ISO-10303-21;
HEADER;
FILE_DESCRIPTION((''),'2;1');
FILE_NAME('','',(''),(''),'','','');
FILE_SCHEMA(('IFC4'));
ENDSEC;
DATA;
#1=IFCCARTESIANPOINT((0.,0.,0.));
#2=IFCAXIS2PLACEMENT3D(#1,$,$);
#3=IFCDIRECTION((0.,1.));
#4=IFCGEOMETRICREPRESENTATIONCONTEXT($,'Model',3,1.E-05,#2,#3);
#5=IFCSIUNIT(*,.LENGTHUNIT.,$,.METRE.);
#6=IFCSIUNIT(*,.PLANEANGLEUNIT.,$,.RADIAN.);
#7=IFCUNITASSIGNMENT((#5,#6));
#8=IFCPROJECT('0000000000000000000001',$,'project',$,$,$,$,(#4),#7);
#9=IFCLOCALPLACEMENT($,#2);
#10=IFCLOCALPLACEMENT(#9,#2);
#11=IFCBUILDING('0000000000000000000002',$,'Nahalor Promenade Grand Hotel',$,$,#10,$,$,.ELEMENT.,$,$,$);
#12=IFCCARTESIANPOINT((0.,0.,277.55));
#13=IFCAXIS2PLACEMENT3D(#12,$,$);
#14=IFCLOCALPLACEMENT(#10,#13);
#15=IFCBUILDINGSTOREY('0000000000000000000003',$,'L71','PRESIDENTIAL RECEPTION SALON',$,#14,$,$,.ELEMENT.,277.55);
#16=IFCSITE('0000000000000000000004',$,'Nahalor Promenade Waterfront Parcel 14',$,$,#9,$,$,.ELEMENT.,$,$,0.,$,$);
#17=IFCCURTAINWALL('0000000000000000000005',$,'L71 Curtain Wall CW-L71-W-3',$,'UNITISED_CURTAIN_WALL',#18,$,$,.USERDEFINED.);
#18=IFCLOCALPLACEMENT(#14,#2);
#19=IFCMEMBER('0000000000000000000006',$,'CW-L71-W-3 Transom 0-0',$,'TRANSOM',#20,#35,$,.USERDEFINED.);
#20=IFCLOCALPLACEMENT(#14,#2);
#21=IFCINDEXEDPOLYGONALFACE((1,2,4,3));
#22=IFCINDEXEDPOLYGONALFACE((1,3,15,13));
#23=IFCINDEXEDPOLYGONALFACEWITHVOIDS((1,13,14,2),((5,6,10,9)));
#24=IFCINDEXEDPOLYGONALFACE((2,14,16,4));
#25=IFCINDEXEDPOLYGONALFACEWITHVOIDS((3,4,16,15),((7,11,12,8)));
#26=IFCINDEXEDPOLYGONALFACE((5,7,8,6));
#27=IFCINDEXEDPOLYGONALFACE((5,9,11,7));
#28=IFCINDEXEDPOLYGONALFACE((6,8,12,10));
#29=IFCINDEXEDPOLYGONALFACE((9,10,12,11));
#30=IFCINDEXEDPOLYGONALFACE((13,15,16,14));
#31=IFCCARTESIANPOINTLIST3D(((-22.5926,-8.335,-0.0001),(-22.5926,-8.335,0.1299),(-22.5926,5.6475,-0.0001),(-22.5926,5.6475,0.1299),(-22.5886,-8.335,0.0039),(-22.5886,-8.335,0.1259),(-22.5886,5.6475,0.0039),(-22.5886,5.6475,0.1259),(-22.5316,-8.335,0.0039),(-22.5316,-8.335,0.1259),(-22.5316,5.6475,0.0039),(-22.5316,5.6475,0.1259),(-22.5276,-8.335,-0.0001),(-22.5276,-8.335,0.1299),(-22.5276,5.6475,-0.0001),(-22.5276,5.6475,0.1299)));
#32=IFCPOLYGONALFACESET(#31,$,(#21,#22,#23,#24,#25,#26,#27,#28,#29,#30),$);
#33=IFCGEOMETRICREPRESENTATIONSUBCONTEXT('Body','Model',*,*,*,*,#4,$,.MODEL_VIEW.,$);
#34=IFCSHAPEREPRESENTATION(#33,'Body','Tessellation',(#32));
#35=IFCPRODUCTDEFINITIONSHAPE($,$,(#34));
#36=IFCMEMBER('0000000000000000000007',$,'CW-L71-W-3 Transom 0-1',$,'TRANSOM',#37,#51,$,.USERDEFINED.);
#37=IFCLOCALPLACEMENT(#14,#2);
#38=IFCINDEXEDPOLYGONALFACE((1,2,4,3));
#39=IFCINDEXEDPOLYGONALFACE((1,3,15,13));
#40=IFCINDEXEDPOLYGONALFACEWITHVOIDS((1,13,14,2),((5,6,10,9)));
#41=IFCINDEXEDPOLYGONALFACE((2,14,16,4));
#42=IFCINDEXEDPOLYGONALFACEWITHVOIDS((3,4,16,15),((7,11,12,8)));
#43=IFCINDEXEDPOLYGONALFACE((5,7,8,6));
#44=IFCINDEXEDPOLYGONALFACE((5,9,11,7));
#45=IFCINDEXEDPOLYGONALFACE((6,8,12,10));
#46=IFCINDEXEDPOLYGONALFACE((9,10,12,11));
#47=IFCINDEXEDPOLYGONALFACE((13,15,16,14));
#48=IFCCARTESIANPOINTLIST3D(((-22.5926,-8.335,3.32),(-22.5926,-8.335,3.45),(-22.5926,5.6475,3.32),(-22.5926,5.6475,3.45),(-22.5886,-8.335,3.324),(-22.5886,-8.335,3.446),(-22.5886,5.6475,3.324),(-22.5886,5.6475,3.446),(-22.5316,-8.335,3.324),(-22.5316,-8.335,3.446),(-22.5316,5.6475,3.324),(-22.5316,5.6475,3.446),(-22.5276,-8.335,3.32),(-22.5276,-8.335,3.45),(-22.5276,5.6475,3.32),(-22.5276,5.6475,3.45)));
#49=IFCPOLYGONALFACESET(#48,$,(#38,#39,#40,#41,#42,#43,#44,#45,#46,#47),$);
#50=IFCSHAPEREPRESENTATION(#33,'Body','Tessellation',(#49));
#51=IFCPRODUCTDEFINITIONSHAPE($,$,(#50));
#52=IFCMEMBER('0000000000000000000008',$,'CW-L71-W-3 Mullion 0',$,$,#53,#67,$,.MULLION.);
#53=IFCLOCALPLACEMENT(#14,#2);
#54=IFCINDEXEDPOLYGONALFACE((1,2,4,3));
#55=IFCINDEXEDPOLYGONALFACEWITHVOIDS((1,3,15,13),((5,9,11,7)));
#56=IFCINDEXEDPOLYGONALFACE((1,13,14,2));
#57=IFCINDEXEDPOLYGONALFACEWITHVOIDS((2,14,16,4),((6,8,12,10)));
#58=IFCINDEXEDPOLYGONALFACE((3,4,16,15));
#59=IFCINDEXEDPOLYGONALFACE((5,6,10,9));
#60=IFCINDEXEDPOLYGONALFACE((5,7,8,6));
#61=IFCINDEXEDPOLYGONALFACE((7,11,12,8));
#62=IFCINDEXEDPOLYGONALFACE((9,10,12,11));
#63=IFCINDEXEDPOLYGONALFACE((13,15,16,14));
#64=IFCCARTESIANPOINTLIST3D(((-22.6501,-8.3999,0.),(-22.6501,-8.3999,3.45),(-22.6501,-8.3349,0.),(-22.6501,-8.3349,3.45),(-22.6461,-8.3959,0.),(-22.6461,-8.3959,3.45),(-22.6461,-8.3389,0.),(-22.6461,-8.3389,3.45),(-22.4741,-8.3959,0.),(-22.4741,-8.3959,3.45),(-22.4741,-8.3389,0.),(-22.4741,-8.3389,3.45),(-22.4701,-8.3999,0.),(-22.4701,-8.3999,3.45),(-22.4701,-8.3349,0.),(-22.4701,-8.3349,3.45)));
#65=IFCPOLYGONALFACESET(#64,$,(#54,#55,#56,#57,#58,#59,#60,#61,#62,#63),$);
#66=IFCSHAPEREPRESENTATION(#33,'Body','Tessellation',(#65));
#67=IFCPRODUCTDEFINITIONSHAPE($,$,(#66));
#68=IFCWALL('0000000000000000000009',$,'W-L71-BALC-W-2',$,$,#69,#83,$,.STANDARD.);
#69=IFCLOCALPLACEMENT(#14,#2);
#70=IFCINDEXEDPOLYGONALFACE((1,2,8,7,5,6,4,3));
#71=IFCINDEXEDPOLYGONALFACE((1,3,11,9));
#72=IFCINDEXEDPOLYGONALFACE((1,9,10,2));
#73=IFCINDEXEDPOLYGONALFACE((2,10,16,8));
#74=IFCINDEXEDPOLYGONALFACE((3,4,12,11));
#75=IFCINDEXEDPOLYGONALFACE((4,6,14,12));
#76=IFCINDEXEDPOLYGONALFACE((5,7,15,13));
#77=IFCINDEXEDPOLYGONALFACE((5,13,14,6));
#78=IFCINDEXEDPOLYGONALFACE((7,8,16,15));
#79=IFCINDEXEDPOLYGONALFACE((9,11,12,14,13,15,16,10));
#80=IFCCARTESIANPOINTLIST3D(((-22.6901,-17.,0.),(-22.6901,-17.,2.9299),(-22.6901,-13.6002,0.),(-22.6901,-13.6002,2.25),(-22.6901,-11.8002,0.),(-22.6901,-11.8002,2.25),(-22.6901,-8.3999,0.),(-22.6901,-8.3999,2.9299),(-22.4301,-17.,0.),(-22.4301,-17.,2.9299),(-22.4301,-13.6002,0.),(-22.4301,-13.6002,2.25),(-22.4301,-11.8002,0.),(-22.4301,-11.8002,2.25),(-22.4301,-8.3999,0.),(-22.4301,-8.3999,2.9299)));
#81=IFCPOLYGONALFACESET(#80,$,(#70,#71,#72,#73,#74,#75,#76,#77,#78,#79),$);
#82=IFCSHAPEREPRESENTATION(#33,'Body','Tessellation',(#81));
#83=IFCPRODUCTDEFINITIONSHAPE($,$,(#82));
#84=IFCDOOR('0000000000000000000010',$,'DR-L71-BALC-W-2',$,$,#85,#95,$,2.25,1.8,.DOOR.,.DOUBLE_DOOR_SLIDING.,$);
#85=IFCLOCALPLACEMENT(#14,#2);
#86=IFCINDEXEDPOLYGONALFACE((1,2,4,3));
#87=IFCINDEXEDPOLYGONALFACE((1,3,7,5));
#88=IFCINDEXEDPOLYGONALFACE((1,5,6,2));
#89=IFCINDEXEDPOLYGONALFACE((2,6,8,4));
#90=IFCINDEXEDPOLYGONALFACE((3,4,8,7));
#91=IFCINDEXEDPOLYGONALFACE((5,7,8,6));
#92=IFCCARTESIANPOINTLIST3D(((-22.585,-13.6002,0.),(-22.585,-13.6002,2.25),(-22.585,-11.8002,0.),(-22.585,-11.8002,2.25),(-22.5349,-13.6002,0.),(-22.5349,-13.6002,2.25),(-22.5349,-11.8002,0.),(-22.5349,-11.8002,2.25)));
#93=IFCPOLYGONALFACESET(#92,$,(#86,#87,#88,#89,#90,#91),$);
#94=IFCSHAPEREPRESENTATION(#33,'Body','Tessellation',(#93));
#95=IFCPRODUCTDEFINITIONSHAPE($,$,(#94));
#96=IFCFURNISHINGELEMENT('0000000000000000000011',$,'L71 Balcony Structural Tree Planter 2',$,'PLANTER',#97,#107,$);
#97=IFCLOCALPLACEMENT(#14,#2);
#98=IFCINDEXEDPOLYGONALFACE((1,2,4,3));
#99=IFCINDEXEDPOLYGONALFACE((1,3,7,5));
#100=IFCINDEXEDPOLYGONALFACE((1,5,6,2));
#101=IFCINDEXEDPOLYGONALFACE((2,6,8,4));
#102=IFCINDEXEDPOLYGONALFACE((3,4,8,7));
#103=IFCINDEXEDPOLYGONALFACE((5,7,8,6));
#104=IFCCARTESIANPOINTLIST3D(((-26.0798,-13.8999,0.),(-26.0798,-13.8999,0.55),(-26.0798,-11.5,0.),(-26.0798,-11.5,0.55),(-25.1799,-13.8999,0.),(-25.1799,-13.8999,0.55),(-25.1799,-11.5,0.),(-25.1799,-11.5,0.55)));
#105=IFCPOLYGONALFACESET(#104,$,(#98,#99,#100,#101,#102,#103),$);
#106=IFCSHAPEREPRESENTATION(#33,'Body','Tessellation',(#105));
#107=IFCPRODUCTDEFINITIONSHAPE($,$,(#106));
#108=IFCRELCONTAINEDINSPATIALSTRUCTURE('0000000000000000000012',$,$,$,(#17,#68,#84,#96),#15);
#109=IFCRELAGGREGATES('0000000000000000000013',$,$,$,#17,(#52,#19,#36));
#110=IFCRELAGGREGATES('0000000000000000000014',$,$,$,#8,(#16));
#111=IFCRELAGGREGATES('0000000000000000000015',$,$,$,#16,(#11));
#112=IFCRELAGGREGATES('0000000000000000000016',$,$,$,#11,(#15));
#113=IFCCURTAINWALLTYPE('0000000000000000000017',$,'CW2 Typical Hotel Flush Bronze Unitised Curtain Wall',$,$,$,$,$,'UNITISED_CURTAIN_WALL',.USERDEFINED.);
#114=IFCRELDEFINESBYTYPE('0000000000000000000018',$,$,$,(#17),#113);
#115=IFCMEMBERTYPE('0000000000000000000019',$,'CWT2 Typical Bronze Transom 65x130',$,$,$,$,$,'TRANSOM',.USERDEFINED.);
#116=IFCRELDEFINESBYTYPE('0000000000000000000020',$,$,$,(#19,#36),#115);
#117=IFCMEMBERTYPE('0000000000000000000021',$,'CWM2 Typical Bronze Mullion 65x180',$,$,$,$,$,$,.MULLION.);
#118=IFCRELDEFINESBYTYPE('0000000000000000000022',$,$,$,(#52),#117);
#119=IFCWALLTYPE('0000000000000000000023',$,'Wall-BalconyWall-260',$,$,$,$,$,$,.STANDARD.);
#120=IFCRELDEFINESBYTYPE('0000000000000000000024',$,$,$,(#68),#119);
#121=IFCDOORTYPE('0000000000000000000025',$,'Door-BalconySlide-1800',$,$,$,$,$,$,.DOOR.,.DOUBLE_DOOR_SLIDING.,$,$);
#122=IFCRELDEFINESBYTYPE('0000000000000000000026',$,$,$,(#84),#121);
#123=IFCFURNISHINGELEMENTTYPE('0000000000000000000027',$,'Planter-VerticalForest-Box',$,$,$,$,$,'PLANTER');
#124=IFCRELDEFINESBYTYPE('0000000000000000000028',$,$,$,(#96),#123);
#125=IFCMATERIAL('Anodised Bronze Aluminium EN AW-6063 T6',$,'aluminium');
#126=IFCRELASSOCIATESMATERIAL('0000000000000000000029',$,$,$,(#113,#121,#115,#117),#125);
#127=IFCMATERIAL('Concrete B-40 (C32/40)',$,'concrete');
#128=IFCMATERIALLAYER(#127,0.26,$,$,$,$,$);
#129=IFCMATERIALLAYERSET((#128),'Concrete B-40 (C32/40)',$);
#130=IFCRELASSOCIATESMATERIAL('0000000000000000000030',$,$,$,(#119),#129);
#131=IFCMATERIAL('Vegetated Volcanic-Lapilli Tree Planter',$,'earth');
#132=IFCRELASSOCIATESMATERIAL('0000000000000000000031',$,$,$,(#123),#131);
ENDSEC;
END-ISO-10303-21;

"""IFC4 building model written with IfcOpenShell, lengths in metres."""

from ifc_helpers import new_model, si_unit, direction, frame, frame_2d, origin, origin_2d, place, context, subcontext, project, spatial, rectangle, hollow_rectangle, extrude, source, transform, mapped, material, layer, layer_set, material_profile, profile_set, type_object, element, fill, aggregate, save


model = new_model("IFC4")

# Units and contexts
model_context = context("Model", 3, precision=1e-05, world=origin(), true_north=direction((0.0, 1.0)))
body_context = subcontext(model_context, "Body", "Model", "MODEL_VIEW")
ifc_project = project(units=[si_unit("LENGTHUNIT", "METRE"), si_unit("PLANEANGLEUNIT", "RADIAN")], contexts=[model_context])

# Site, building, storey
site_placement = place(None, origin())
site = spatial("IfcSite", under=ifc_project, at=site_placement, Name="Nahalor Promenade Waterfront Parcel 14", CompositionType="ELEMENT", RefElevation=0.0)
building_placement = place(site_placement, origin())
building = spatial("IfcBuilding", under=site, at=building_placement, Name="Nahalor Promenade Grand Hotel", CompositionType="ELEMENT")
storey_placement = place(building_placement, frame((0.0, 0.0, 277.55)))
storey = spatial("IfcBuildingStorey", under=building, at=storey_placement, Name="L71", Description="PRESIDENTIAL RECEPTION SALON", CompositionType="ELEMENT", Elevation=277.55)

# Curtain wall, members
ifc_material_1 = material(Name="Anodised Bronze Aluminium EN AW-6063 T6", Category="aluminium")
curtain_wall_type = type_object("IfcCurtainWallType", Name="CW2 Typical Hotel Flush Bronze Unitised Curtain Wall", ElementType="UNITISED_CURTAIN_WALL", PredefinedType="USERDEFINED", material=ifc_material_1)
curtain_wall_placement = place(storey_placement, origin())
curtain_wall = element("IfcCurtainWall", 1, at=curtain_wall_placement, inside=storey, type_object=curtain_wall_type, Name="L71 Curtain Wall CW-L71-W-3", ObjectType="UNITISED_CURTAIN_WALL", PredefinedType="USERDEFINED")
ifc_material_profile_1 = material_profile(ifc_material_1, hollow_rectangle(XDim=0.065, YDim=0.13, WallThickness=0.004, at=origin_2d()), Name="CWT 65x130x4")
ifc_profile_set_1 = profile_set([ifc_material_profile_1], Name="Anodised Bronze Aluminium EN AW-6063 T6")
member_type_1 = type_object("IfcMemberType", Name="CWT2 Typical Bronze Transom 65x130", ElementType="TRANSOM", PredefinedType="USERDEFINED", material=ifc_profile_set_1)
shared_shape_1 = source(origin(), body_context, "Body", "SweptSolid", [
    extrude(hollow_rectangle(XDim=0.065, YDim=0.13, WallThickness=0.004, at=origin_2d()), origin(), (0.0, 0.0, 1.0), 13.9824),
])
member_1_placement = place(storey_placement, frame((-22.5601, -8.335, 0.0649), z_axis=(0.0, 1.0, 0.0), x_axis=(-1.0, 0.0, 0.0)))
member_1 = element("IfcMember", 2, at=member_1_placement, type_object=member_type_1, Name="CW-L71-W-3 Transom 0-0", ObjectType="TRANSOM", PredefinedType="USERDEFINED", context=body_context, shape_type="MappedRepresentation", body=[
    mapped(shared_shape_1, transform((0.0, 0.0, 0.0), scale=1.0)),
])
member_2_placement = place(storey_placement, frame((-22.5601, -8.335, 3.385), z_axis=(0.0, 1.0, 0.0), x_axis=(-1.0, 0.0, 0.0)))
member_2 = element("IfcMember", 3, at=member_2_placement, type_object=member_type_1, Name="CW-L71-W-3 Transom 0-1", ObjectType="TRANSOM", PredefinedType="USERDEFINED", context=body_context, shape_type="MappedRepresentation", body=[
    mapped(shared_shape_1, transform((0.0, 0.0, 0.0), scale=1.0)),
])
ifc_material_profile_2 = material_profile(ifc_material_1, hollow_rectangle(XDim=0.065, YDim=0.18, WallThickness=0.004, at=origin_2d()), Name="CWM 65x180x4")
ifc_profile_set_2 = profile_set([ifc_material_profile_2], Name="Anodised Bronze Aluminium EN AW-6063 T6")
member_type_2 = type_object("IfcMemberType", Name="CWM2 Typical Bronze Mullion 65x180", PredefinedType="MULLION", material=ifc_profile_set_2)
shared_shape_2 = source(origin(), body_context, "Body", "SweptSolid", [
    extrude(hollow_rectangle(XDim=0.065, YDim=0.18, WallThickness=0.004, at=origin_2d()), origin(), (0.0, 0.0, 1.0), 3.45),
])
member_3_placement = place(storey_placement, frame((-22.5601, -8.3674, 0.0), z_axis=(0.0, 0.0, 1.0), x_axis=(0.0, 1.0, 0.0)))
member_3 = element("IfcMember", 4, at=member_3_placement, type_object=member_type_2, Name="CW-L71-W-3 Mullion 0", PredefinedType="MULLION", context=body_context, shape_type="MappedRepresentation", body=[
    mapped(shared_shape_2, transform((0.0, 0.0, 0.0), scale=1.0)),
])
aggregate(curtain_wall, [member_3, member_1, member_2])

# Wall, opening, door
ifc_material_2 = material(Name="Concrete B-40 (C32/40)", Category="concrete")
ifc_layer = layer(ifc_material_2, 0.26)
ifc_layer_set = layer_set([ifc_layer], Name="Concrete B-40 (C32/40)")
wall_type = type_object("IfcWallType", Name="Wall-BalconyWall-260", PredefinedType="STANDARD", material=ifc_layer_set)
shared_shape_3 = source(origin(), body_context, "Body", "SweptSolid", [
    extrude(rectangle(XDim=8.6001, YDim=0.26, at=frame_2d((4.3, 0.0))), origin(), (0.0, 0.0, 1.0), 2.9299),
])
wall_placement = place(storey_placement, frame((-22.5601, -17.0, 0.0), z_axis=(0.0, 0.0, 1.0), x_axis=(0.0, 1.0, 0.0)))
wall = element("IfcWall", 5, at=wall_placement, inside=storey, type_object=wall_type, Name="W-L71-BALC-W-2", PredefinedType="STANDARD", context=body_context, shape_type="MappedRepresentation", body=[
    mapped(shared_shape_3, transform((0.0, 0.0, 0.0), scale=1.0)),
])
opening_placement = place(wall_placement, frame((3.3999, 0.0, 0.0)))
opening = element("IfcOpeningElement", 6, at=opening_placement, cuts=wall, PredefinedType="OPENING", context=body_context, shape_type="SweptSolid", body=[
    extrude(rectangle(XDim=1.8, YDim=2.25, at=frame_2d((0.8999, 1.125))), frame((0.0, 0.1399, 0.0), z_axis=(0.0, -1.0, 0.0), x_axis=(1.0, 0.0, 0.0)), (0.0, 0.0, 1.0), 0.28),
])
door_type = type_object("IfcDoorType", Name="Door-BalconySlide-1800", OperationType="DOUBLE_DOOR_SLIDING", PredefinedType="DOOR", material=ifc_material_1)
shared_shape_4 = source(origin(), body_context, "Body", "SweptSolid", [
    extrude(rectangle(XDim=1.8, YDim=2.25, at=frame_2d((0.8999, 1.125))), frame((0.0, 0.0249, 0.0), z_axis=(0.0, -1.0, 0.0), x_axis=(1.0, 0.0, 0.0)), (0.0, 0.0, 1.0), 0.05),
])
door_placement = place(opening_placement, origin())
door = element("IfcDoor", 7, at=door_placement, inside=storey, type_object=door_type, Name="DR-L71-BALC-W-2", OperationType="DOUBLE_DOOR_SLIDING", OverallHeight=2.25, OverallWidth=1.8, PredefinedType="DOOR", context=body_context, shape_type="MappedRepresentation", body=[
    mapped(shared_shape_4, transform((0.0, 0.0, 0.0), scale=1.0)),
])
fill(opening, door)

# Furnishing element
ifc_material_3 = material(Name="Vegetated Volcanic-Lapilli Tree Planter", Category="earth")
furnishing_element_type = type_object("IfcFurnishingElementType", Name="Planter-VerticalForest-Box", ElementType="PLANTER", material=ifc_material_3)
shared_shape_5 = source(origin(), body_context, "Body", "SweptSolid", [
    extrude(rectangle(XDim=2.3999, YDim=0.8999, at=origin_2d()), origin(), (0.0, 0.0, 1.0), 0.55),
])
furnishing_placement = place(storey_placement, frame((-25.6299, -12.7, 0.0), z_axis=(0.0, 0.0, 1.0), x_axis=(0.0, 1.0, 0.0)))
element("IfcFurnishingElement", 8, at=furnishing_placement, inside=storey, type_object=furnishing_element_type, Name="L71 Balcony Structural Tree Planter 2", ObjectType="PLANTER", context=body_context, shape_type="MappedRepresentation", body=[
    mapped(shared_shape_5, transform((0.0, 0.0, 0.0), scale=1.0)),
])

save(model, "model.ifc")
